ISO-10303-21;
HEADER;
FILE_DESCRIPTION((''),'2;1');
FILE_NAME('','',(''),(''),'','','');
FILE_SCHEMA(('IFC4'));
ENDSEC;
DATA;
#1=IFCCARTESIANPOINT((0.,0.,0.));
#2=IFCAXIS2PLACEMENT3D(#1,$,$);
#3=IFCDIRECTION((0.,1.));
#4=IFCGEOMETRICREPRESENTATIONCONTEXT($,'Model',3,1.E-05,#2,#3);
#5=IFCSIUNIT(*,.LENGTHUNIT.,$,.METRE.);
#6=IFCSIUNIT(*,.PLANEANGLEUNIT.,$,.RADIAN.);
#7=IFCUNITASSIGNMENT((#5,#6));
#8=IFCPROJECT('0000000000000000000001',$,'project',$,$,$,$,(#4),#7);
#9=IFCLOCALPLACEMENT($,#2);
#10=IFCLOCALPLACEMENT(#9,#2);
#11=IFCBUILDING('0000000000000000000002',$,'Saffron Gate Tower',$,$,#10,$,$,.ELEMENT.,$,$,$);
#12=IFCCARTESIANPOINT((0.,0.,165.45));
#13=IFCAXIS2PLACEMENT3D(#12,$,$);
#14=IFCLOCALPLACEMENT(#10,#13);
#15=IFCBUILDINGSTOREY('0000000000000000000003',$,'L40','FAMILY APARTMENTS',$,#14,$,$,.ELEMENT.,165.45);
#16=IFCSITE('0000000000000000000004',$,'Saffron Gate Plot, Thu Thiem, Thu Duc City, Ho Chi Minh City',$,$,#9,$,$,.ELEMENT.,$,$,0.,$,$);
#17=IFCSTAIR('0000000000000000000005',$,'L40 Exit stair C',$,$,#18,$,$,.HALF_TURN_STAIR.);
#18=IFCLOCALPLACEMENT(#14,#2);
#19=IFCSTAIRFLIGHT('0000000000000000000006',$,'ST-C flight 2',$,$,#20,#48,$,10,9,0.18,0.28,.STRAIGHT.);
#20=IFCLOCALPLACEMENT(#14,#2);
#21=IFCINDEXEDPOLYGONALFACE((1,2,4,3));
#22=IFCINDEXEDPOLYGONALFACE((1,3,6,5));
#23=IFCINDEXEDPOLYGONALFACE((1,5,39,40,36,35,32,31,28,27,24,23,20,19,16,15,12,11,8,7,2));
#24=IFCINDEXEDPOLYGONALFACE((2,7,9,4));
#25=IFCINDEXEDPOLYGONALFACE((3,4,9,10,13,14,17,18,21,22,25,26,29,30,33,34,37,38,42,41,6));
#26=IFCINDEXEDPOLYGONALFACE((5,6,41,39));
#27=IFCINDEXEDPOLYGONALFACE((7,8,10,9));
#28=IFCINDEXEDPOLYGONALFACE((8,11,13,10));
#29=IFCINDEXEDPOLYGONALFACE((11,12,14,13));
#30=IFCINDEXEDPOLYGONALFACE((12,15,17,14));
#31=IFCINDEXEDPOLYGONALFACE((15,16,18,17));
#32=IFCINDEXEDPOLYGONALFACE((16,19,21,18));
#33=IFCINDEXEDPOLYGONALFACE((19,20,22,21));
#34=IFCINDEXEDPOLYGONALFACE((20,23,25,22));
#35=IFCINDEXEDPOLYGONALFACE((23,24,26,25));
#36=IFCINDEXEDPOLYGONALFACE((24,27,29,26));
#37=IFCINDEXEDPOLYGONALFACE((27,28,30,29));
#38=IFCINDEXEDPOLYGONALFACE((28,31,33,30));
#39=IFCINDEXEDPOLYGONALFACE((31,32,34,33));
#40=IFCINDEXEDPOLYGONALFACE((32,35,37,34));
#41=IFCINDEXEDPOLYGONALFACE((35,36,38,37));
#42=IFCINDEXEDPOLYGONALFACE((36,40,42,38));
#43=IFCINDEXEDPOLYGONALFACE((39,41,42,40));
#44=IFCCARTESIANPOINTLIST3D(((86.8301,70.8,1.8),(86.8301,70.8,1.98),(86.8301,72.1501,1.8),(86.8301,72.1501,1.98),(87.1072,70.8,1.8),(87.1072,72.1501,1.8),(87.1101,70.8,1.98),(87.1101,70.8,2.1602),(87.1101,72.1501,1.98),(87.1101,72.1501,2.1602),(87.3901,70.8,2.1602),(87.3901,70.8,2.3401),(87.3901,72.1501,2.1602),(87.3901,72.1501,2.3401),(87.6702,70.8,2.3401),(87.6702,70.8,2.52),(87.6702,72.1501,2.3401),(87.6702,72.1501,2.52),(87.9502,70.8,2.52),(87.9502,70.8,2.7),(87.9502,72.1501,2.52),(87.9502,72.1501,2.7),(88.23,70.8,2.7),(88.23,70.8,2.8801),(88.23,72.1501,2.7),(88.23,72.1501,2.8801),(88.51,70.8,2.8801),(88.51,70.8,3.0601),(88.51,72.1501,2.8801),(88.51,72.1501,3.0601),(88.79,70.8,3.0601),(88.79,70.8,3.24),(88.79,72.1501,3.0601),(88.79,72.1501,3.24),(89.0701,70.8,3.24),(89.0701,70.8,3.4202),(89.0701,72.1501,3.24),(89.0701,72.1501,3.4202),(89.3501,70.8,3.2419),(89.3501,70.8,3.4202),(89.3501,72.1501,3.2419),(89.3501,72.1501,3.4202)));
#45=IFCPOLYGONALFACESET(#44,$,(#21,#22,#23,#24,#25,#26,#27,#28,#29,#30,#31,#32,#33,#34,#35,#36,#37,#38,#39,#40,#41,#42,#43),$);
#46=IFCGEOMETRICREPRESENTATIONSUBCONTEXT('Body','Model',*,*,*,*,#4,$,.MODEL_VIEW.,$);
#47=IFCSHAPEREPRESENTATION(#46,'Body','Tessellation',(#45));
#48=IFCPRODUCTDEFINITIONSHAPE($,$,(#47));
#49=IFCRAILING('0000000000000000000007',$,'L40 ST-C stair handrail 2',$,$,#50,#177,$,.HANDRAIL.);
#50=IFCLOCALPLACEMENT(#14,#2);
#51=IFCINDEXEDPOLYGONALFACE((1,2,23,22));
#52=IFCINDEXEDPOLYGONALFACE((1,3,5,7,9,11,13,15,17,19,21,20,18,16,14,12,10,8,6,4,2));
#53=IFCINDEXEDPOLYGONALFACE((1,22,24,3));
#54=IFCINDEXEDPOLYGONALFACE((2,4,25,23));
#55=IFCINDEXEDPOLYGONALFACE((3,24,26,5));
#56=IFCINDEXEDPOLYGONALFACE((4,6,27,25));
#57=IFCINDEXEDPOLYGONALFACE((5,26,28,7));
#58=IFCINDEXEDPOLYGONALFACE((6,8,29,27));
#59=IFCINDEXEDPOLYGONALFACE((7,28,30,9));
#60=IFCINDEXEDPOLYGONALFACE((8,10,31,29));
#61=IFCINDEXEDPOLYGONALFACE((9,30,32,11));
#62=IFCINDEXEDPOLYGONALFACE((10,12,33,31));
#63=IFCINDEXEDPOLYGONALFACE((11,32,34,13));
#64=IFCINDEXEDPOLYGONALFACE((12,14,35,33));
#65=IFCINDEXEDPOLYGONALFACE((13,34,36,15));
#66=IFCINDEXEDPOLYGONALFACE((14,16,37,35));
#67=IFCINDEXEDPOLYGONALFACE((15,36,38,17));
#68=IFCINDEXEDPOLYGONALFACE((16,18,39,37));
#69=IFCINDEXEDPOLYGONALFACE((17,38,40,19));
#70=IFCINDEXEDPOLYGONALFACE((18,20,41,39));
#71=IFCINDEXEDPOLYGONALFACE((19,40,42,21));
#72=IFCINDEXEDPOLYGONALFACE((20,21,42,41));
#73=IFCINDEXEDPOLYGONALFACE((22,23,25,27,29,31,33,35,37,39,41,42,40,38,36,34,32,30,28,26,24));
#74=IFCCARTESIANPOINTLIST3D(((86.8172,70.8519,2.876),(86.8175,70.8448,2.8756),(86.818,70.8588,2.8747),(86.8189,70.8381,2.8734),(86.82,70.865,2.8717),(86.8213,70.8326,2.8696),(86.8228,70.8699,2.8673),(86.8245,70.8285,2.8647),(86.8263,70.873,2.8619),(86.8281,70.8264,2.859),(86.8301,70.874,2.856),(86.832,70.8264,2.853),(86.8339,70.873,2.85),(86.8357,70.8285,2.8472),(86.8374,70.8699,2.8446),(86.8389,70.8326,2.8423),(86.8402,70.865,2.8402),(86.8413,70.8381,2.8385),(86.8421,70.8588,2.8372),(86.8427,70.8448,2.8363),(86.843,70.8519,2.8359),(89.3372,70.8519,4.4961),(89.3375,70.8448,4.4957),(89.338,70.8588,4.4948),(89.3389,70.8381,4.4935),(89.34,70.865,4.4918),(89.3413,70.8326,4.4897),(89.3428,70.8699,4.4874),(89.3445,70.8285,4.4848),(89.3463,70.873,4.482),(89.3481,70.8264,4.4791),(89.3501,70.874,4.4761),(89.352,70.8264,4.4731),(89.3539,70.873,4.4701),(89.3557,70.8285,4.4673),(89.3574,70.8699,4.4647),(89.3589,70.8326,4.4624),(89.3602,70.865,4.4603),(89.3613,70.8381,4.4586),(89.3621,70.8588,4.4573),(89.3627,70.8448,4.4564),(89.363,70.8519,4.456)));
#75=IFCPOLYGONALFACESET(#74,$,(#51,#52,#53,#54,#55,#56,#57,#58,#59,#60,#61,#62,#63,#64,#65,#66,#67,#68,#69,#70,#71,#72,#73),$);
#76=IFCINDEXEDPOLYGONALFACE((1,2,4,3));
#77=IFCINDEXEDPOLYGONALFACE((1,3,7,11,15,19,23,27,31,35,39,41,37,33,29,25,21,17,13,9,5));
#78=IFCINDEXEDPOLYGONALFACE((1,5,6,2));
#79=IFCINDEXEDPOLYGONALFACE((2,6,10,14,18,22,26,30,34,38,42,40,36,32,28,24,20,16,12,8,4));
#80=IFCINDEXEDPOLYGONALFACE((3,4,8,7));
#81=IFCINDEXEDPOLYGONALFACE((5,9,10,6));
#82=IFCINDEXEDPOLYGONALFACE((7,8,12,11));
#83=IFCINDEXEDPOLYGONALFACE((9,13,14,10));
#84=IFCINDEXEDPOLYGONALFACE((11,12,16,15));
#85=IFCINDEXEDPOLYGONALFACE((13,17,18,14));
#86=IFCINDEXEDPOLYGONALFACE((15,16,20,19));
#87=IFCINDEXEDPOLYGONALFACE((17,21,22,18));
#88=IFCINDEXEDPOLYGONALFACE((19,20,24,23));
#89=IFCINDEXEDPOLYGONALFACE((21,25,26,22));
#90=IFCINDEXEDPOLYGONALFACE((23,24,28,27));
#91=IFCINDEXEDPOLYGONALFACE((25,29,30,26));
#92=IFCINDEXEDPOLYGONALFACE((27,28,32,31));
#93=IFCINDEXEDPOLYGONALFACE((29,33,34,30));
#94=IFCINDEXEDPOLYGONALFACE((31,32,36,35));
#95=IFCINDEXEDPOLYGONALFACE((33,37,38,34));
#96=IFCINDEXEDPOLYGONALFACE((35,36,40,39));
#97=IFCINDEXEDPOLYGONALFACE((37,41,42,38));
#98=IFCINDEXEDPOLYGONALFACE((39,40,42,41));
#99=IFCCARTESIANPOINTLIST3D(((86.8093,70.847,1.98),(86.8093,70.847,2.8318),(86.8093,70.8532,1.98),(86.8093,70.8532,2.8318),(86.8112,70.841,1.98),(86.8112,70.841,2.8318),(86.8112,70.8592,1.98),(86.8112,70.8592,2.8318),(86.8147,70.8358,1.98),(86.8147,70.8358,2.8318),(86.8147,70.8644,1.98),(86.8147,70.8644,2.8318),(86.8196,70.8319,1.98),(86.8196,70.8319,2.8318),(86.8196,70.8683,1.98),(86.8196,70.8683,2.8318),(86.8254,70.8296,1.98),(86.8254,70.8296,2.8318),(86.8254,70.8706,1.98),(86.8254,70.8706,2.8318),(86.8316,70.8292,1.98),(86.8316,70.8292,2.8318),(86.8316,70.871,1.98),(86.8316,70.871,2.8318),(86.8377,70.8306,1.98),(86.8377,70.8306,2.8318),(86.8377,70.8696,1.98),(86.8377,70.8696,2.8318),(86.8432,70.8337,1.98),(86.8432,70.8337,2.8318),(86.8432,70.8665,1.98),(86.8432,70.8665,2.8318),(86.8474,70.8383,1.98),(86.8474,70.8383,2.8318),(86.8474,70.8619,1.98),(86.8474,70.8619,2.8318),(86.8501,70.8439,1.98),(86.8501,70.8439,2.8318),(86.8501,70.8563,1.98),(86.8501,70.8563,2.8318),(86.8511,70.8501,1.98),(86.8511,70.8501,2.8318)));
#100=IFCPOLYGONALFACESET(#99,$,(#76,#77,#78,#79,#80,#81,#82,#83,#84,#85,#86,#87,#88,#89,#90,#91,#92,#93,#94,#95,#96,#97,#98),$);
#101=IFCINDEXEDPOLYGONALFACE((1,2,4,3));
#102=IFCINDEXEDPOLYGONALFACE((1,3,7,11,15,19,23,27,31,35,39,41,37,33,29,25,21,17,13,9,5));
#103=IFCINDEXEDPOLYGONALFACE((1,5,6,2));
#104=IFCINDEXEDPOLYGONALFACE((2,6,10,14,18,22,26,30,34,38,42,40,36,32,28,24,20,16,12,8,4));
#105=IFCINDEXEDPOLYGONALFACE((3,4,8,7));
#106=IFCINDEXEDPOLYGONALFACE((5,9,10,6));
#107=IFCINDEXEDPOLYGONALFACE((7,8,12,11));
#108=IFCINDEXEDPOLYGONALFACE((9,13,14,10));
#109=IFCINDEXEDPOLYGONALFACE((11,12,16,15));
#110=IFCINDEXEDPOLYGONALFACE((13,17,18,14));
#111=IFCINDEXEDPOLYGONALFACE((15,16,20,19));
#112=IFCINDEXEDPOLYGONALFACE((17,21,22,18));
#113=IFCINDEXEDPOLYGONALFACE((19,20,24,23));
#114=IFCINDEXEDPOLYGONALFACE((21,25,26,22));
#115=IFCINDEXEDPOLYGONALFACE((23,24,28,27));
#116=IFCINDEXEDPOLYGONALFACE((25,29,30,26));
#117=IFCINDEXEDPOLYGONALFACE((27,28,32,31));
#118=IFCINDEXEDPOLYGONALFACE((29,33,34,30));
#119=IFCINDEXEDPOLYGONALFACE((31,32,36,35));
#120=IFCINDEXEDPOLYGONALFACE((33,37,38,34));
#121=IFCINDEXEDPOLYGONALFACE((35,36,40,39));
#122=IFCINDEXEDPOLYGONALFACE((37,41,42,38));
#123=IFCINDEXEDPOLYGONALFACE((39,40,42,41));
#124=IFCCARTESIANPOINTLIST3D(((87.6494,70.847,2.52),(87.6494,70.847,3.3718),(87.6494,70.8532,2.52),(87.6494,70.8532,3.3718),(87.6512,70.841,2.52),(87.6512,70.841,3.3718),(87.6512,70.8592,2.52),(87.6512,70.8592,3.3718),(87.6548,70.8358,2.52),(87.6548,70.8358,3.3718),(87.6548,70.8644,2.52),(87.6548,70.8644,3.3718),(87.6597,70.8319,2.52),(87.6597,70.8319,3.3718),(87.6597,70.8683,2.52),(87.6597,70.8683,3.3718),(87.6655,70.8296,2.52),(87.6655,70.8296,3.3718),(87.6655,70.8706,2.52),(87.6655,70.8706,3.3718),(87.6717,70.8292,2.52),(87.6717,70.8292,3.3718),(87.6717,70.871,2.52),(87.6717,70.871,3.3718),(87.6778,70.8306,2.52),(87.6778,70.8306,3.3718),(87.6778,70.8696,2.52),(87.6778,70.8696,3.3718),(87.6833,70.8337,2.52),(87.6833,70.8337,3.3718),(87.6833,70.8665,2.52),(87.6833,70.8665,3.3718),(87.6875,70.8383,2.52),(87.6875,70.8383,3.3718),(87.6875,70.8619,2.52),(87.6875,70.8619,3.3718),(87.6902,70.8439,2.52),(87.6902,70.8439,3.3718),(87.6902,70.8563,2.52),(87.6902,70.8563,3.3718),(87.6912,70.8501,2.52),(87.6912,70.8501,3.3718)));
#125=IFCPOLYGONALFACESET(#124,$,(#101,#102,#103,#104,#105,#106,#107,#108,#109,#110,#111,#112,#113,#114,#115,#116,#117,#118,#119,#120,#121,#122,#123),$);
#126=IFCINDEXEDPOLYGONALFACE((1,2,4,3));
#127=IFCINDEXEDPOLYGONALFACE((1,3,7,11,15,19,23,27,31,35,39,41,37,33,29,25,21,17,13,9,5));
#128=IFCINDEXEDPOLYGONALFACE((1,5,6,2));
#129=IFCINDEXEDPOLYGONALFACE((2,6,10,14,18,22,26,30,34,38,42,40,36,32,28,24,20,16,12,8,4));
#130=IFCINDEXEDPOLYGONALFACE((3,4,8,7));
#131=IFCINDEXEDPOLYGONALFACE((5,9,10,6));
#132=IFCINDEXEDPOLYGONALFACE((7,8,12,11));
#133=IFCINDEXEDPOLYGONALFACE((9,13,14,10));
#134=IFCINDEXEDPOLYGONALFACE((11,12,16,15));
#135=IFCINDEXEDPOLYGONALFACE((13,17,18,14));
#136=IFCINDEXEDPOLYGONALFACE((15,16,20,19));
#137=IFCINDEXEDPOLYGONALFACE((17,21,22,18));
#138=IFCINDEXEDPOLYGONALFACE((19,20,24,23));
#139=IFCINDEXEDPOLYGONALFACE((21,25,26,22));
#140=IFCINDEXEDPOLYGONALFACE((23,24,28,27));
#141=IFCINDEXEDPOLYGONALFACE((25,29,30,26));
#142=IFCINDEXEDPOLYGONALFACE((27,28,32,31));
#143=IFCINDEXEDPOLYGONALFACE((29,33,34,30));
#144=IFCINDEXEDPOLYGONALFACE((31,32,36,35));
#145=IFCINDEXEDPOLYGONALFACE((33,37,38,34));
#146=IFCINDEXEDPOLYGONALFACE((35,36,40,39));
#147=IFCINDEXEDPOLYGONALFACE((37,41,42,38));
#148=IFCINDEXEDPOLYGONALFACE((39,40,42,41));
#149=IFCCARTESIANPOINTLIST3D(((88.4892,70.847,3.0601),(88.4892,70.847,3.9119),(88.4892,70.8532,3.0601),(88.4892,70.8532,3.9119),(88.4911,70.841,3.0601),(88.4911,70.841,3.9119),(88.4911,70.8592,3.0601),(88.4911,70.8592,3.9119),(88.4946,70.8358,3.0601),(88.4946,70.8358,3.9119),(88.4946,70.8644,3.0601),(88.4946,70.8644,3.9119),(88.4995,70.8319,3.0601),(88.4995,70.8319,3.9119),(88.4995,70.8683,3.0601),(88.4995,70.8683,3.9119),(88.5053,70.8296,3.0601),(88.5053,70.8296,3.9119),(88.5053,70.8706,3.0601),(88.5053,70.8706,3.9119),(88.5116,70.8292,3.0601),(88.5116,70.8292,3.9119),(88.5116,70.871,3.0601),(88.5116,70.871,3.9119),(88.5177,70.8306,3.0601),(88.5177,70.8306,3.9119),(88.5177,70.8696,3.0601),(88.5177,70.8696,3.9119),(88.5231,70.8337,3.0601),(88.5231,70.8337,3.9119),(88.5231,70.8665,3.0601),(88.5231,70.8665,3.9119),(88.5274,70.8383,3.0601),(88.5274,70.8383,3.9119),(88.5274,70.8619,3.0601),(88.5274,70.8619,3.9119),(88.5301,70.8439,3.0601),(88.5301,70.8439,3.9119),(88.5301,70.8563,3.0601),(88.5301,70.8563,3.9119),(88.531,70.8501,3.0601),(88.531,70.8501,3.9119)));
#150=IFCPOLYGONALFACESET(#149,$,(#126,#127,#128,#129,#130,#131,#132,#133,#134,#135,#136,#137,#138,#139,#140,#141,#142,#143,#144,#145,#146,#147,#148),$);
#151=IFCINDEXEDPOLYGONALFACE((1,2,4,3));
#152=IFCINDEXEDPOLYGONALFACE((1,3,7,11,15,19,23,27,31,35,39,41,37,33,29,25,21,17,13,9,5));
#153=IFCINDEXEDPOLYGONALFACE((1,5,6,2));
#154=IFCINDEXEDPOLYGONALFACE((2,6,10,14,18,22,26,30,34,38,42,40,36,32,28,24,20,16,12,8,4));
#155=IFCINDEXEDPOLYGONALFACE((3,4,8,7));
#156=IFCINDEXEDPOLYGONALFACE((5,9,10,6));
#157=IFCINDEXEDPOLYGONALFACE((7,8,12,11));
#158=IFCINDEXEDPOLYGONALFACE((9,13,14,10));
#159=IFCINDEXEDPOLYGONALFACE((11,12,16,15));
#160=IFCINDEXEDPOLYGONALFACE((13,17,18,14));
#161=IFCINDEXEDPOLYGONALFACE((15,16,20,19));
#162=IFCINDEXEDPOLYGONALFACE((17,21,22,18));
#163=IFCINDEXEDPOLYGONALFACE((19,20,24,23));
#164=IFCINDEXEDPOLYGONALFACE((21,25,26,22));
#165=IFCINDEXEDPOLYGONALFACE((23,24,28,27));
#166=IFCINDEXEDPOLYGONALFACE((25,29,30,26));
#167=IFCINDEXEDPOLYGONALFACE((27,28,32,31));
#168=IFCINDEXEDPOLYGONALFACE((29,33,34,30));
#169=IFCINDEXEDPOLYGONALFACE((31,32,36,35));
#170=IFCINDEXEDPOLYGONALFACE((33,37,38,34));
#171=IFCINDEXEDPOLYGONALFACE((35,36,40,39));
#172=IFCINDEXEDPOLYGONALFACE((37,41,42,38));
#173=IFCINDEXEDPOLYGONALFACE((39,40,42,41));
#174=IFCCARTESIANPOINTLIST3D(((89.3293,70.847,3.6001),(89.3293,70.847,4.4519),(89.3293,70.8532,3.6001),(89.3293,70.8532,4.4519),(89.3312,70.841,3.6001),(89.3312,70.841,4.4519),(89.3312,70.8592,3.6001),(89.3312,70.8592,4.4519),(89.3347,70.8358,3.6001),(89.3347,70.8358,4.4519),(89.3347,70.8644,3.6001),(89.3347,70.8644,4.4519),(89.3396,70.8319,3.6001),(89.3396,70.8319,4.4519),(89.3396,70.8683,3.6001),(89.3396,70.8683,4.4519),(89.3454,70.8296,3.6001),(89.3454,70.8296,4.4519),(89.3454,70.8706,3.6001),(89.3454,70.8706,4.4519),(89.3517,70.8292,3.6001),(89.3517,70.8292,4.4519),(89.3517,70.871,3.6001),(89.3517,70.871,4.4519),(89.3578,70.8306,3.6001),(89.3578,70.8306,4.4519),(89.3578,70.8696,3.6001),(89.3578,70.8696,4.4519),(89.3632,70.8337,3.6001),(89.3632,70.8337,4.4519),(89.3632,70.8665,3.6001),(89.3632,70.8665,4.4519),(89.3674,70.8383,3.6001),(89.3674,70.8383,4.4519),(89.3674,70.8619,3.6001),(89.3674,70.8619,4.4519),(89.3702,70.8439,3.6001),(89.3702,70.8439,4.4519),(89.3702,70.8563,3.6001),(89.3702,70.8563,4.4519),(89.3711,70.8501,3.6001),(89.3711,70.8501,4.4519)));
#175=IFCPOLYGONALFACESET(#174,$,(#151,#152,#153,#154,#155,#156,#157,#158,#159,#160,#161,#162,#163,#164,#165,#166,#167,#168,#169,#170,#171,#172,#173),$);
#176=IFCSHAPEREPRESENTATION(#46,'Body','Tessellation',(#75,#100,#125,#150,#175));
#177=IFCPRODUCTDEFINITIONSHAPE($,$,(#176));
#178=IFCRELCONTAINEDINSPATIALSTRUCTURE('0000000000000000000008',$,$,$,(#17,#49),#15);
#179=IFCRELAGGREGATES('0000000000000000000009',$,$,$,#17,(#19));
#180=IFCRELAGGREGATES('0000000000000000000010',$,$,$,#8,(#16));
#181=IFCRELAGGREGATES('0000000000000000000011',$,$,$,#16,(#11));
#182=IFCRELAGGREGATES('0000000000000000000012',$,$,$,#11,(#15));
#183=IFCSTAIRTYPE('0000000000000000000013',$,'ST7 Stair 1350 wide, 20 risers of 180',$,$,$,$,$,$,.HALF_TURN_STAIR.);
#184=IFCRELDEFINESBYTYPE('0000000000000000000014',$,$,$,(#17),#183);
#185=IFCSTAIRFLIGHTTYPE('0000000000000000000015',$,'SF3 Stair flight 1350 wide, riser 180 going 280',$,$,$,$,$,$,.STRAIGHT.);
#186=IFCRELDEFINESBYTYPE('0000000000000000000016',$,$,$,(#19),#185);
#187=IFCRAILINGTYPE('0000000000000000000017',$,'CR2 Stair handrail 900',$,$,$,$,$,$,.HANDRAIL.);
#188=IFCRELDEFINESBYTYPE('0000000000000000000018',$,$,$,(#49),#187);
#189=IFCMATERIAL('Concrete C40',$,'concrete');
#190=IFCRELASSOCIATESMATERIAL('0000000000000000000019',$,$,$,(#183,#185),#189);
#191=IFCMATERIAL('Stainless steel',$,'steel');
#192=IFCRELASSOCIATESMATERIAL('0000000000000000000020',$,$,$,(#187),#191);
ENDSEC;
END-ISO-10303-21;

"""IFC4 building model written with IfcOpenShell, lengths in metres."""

from ifc_helpers import new_model, si_unit, direction, frame, origin, origin_2d, place, context, subcontext, project, spatial, polyline, circle, outline, extrude, material, type_object, element, aggregate, save


model = new_model("IFC4")

# Units and contexts
model_context = context("Model", 3, precision=1e-05, world=origin(), true_north=direction((0.0, 1.0)))
body_context = subcontext(model_context, "Body", "Model", "MODEL_VIEW")
ifc_project = project(units=[si_unit("LENGTHUNIT", "METRE"), si_unit("PLANEANGLEUNIT", "RADIAN")], contexts=[model_context])

# Site, building, storey
site_placement = place(None, origin())
site = spatial("IfcSite", under=ifc_project, at=site_placement, Name="Saffron Gate Plot, Thu Thiem, Thu Duc City, Ho Chi Minh City", CompositionType="ELEMENT", RefElevation=0.0)
building_placement = place(site_placement, origin())
building = spatial("IfcBuilding", under=site, at=building_placement, Name="Saffron Gate Tower", CompositionType="ELEMENT")
storey_placement = place(building_placement, frame((0.0, 0.0, 165.45)))
storey = spatial("IfcBuildingStorey", under=building, at=storey_placement, Name="L40", Description="FAMILY APARTMENTS", CompositionType="ELEMENT", Elevation=165.45)

# Stair, stair flight
ifc_material_1 = material(Name="Concrete C40", Category="concrete")
stair_type = type_object("IfcStairType", Name="ST7 Stair 1350 wide, 20 risers of 180", PredefinedType="HALF_TURN_STAIR", material=ifc_material_1)
stair_placement = place(storey_placement, origin())
stair = element("IfcStair", 1, at=stair_placement, inside=storey, type_object=stair_type, Name="L40 Exit stair C", PredefinedType="HALF_TURN_STAIR")
stair_flight_type = type_object("IfcStairFlightType", Name="SF3 Stair flight 1350 wide, riser 180 going 280", PredefinedType="STRAIGHT", material=ifc_material_1)
stair_flight_placement = place(storey_placement, frame((86.8301, 71.4751, 1.8), z_axis=(0.0, 0.0, 1.0), x_axis=(1.0, 0.0, 0.0)))
stair_flight = element("IfcStairFlight", 2, at=stair_flight_placement, type_object=stair_flight_type, Name="ST-C flight 2", NumberOfRisers=10, NumberOfTreads=9, PredefinedType="STRAIGHT", RiserHeight=0.18, TreadLength=0.28, context=body_context, shape_type="SweptSolid", body=[
    extrude(outline(polyline([(0.0, 0.0), (0.0, 0.1799), (0.28, 0.1799), (0.28, 0.3601), (0.5601, 0.3601), (0.5601, 0.54), (0.8401, 0.54), (0.8401, 0.72), (1.1201, 0.72), (1.1201, 0.8999), (1.3999, 0.8999), (1.3999, 1.0801), (1.6799, 1.0801), (1.6799, 1.26), (1.96, 1.26), (1.96, 1.4399), (2.24, 1.4399), (2.24, 1.6201), (2.52, 1.6201), (2.52, 1.8), (2.52, 1.4419), (0.2771, 0.0), (0.0, 0.0)])), frame((0.0, 0.675, 0.0), z_axis=(0.0, -1.0, 0.0), x_axis=(1.0, 0.0, 0.0)), (0.0, 0.0, 1.0), 1.3501),
])
aggregate(stair, [stair_flight])

# Railing
ifc_material_2 = material(Name="Stainless steel", Category="steel")
railing_type = type_object("IfcRailingType", Name="CR2 Stair handrail 900", PredefinedType="HANDRAIL", material=ifc_material_2)
railing_placement = place(storey_placement, frame((86.8301, 70.8501, 1.98)))
element("IfcRailing", 3, at=railing_placement, inside=storey, type_object=railing_type, Name="L40 ST-C stair handrail 2", PredefinedType="HANDRAIL", context=body_context, shape_type="SweptSolid", body=[
    extrude(circle(Radius=0.0239, at=origin_2d()), frame((0.0, 0.0, 0.876), z_axis=(0.841163, 0.0, 0.540782), x_axis=(0.0, 1.0, 0.0)), (0.0, 0.0, 1.0), 2.9958),
    extrude(circle(Radius=0.021, at=origin_2d()), origin(), (0.0, 0.0, 1.0), 0.8518),
    extrude(circle(Radius=0.021, at=origin_2d()), frame((0.8401, 0.0, 0.54)), (0.0, 0.0, 1.0), 0.8518),
    extrude(circle(Radius=0.021, at=origin_2d()), frame((1.6799, 0.0, 1.0801)), (0.0, 0.0, 1.0), 0.8518),
    extrude(circle(Radius=0.021, at=origin_2d()), frame((2.52, 0.0, 1.6201)), (0.0, 0.0, 1.0), 0.8518),
])

save(model, "model.ifc")
